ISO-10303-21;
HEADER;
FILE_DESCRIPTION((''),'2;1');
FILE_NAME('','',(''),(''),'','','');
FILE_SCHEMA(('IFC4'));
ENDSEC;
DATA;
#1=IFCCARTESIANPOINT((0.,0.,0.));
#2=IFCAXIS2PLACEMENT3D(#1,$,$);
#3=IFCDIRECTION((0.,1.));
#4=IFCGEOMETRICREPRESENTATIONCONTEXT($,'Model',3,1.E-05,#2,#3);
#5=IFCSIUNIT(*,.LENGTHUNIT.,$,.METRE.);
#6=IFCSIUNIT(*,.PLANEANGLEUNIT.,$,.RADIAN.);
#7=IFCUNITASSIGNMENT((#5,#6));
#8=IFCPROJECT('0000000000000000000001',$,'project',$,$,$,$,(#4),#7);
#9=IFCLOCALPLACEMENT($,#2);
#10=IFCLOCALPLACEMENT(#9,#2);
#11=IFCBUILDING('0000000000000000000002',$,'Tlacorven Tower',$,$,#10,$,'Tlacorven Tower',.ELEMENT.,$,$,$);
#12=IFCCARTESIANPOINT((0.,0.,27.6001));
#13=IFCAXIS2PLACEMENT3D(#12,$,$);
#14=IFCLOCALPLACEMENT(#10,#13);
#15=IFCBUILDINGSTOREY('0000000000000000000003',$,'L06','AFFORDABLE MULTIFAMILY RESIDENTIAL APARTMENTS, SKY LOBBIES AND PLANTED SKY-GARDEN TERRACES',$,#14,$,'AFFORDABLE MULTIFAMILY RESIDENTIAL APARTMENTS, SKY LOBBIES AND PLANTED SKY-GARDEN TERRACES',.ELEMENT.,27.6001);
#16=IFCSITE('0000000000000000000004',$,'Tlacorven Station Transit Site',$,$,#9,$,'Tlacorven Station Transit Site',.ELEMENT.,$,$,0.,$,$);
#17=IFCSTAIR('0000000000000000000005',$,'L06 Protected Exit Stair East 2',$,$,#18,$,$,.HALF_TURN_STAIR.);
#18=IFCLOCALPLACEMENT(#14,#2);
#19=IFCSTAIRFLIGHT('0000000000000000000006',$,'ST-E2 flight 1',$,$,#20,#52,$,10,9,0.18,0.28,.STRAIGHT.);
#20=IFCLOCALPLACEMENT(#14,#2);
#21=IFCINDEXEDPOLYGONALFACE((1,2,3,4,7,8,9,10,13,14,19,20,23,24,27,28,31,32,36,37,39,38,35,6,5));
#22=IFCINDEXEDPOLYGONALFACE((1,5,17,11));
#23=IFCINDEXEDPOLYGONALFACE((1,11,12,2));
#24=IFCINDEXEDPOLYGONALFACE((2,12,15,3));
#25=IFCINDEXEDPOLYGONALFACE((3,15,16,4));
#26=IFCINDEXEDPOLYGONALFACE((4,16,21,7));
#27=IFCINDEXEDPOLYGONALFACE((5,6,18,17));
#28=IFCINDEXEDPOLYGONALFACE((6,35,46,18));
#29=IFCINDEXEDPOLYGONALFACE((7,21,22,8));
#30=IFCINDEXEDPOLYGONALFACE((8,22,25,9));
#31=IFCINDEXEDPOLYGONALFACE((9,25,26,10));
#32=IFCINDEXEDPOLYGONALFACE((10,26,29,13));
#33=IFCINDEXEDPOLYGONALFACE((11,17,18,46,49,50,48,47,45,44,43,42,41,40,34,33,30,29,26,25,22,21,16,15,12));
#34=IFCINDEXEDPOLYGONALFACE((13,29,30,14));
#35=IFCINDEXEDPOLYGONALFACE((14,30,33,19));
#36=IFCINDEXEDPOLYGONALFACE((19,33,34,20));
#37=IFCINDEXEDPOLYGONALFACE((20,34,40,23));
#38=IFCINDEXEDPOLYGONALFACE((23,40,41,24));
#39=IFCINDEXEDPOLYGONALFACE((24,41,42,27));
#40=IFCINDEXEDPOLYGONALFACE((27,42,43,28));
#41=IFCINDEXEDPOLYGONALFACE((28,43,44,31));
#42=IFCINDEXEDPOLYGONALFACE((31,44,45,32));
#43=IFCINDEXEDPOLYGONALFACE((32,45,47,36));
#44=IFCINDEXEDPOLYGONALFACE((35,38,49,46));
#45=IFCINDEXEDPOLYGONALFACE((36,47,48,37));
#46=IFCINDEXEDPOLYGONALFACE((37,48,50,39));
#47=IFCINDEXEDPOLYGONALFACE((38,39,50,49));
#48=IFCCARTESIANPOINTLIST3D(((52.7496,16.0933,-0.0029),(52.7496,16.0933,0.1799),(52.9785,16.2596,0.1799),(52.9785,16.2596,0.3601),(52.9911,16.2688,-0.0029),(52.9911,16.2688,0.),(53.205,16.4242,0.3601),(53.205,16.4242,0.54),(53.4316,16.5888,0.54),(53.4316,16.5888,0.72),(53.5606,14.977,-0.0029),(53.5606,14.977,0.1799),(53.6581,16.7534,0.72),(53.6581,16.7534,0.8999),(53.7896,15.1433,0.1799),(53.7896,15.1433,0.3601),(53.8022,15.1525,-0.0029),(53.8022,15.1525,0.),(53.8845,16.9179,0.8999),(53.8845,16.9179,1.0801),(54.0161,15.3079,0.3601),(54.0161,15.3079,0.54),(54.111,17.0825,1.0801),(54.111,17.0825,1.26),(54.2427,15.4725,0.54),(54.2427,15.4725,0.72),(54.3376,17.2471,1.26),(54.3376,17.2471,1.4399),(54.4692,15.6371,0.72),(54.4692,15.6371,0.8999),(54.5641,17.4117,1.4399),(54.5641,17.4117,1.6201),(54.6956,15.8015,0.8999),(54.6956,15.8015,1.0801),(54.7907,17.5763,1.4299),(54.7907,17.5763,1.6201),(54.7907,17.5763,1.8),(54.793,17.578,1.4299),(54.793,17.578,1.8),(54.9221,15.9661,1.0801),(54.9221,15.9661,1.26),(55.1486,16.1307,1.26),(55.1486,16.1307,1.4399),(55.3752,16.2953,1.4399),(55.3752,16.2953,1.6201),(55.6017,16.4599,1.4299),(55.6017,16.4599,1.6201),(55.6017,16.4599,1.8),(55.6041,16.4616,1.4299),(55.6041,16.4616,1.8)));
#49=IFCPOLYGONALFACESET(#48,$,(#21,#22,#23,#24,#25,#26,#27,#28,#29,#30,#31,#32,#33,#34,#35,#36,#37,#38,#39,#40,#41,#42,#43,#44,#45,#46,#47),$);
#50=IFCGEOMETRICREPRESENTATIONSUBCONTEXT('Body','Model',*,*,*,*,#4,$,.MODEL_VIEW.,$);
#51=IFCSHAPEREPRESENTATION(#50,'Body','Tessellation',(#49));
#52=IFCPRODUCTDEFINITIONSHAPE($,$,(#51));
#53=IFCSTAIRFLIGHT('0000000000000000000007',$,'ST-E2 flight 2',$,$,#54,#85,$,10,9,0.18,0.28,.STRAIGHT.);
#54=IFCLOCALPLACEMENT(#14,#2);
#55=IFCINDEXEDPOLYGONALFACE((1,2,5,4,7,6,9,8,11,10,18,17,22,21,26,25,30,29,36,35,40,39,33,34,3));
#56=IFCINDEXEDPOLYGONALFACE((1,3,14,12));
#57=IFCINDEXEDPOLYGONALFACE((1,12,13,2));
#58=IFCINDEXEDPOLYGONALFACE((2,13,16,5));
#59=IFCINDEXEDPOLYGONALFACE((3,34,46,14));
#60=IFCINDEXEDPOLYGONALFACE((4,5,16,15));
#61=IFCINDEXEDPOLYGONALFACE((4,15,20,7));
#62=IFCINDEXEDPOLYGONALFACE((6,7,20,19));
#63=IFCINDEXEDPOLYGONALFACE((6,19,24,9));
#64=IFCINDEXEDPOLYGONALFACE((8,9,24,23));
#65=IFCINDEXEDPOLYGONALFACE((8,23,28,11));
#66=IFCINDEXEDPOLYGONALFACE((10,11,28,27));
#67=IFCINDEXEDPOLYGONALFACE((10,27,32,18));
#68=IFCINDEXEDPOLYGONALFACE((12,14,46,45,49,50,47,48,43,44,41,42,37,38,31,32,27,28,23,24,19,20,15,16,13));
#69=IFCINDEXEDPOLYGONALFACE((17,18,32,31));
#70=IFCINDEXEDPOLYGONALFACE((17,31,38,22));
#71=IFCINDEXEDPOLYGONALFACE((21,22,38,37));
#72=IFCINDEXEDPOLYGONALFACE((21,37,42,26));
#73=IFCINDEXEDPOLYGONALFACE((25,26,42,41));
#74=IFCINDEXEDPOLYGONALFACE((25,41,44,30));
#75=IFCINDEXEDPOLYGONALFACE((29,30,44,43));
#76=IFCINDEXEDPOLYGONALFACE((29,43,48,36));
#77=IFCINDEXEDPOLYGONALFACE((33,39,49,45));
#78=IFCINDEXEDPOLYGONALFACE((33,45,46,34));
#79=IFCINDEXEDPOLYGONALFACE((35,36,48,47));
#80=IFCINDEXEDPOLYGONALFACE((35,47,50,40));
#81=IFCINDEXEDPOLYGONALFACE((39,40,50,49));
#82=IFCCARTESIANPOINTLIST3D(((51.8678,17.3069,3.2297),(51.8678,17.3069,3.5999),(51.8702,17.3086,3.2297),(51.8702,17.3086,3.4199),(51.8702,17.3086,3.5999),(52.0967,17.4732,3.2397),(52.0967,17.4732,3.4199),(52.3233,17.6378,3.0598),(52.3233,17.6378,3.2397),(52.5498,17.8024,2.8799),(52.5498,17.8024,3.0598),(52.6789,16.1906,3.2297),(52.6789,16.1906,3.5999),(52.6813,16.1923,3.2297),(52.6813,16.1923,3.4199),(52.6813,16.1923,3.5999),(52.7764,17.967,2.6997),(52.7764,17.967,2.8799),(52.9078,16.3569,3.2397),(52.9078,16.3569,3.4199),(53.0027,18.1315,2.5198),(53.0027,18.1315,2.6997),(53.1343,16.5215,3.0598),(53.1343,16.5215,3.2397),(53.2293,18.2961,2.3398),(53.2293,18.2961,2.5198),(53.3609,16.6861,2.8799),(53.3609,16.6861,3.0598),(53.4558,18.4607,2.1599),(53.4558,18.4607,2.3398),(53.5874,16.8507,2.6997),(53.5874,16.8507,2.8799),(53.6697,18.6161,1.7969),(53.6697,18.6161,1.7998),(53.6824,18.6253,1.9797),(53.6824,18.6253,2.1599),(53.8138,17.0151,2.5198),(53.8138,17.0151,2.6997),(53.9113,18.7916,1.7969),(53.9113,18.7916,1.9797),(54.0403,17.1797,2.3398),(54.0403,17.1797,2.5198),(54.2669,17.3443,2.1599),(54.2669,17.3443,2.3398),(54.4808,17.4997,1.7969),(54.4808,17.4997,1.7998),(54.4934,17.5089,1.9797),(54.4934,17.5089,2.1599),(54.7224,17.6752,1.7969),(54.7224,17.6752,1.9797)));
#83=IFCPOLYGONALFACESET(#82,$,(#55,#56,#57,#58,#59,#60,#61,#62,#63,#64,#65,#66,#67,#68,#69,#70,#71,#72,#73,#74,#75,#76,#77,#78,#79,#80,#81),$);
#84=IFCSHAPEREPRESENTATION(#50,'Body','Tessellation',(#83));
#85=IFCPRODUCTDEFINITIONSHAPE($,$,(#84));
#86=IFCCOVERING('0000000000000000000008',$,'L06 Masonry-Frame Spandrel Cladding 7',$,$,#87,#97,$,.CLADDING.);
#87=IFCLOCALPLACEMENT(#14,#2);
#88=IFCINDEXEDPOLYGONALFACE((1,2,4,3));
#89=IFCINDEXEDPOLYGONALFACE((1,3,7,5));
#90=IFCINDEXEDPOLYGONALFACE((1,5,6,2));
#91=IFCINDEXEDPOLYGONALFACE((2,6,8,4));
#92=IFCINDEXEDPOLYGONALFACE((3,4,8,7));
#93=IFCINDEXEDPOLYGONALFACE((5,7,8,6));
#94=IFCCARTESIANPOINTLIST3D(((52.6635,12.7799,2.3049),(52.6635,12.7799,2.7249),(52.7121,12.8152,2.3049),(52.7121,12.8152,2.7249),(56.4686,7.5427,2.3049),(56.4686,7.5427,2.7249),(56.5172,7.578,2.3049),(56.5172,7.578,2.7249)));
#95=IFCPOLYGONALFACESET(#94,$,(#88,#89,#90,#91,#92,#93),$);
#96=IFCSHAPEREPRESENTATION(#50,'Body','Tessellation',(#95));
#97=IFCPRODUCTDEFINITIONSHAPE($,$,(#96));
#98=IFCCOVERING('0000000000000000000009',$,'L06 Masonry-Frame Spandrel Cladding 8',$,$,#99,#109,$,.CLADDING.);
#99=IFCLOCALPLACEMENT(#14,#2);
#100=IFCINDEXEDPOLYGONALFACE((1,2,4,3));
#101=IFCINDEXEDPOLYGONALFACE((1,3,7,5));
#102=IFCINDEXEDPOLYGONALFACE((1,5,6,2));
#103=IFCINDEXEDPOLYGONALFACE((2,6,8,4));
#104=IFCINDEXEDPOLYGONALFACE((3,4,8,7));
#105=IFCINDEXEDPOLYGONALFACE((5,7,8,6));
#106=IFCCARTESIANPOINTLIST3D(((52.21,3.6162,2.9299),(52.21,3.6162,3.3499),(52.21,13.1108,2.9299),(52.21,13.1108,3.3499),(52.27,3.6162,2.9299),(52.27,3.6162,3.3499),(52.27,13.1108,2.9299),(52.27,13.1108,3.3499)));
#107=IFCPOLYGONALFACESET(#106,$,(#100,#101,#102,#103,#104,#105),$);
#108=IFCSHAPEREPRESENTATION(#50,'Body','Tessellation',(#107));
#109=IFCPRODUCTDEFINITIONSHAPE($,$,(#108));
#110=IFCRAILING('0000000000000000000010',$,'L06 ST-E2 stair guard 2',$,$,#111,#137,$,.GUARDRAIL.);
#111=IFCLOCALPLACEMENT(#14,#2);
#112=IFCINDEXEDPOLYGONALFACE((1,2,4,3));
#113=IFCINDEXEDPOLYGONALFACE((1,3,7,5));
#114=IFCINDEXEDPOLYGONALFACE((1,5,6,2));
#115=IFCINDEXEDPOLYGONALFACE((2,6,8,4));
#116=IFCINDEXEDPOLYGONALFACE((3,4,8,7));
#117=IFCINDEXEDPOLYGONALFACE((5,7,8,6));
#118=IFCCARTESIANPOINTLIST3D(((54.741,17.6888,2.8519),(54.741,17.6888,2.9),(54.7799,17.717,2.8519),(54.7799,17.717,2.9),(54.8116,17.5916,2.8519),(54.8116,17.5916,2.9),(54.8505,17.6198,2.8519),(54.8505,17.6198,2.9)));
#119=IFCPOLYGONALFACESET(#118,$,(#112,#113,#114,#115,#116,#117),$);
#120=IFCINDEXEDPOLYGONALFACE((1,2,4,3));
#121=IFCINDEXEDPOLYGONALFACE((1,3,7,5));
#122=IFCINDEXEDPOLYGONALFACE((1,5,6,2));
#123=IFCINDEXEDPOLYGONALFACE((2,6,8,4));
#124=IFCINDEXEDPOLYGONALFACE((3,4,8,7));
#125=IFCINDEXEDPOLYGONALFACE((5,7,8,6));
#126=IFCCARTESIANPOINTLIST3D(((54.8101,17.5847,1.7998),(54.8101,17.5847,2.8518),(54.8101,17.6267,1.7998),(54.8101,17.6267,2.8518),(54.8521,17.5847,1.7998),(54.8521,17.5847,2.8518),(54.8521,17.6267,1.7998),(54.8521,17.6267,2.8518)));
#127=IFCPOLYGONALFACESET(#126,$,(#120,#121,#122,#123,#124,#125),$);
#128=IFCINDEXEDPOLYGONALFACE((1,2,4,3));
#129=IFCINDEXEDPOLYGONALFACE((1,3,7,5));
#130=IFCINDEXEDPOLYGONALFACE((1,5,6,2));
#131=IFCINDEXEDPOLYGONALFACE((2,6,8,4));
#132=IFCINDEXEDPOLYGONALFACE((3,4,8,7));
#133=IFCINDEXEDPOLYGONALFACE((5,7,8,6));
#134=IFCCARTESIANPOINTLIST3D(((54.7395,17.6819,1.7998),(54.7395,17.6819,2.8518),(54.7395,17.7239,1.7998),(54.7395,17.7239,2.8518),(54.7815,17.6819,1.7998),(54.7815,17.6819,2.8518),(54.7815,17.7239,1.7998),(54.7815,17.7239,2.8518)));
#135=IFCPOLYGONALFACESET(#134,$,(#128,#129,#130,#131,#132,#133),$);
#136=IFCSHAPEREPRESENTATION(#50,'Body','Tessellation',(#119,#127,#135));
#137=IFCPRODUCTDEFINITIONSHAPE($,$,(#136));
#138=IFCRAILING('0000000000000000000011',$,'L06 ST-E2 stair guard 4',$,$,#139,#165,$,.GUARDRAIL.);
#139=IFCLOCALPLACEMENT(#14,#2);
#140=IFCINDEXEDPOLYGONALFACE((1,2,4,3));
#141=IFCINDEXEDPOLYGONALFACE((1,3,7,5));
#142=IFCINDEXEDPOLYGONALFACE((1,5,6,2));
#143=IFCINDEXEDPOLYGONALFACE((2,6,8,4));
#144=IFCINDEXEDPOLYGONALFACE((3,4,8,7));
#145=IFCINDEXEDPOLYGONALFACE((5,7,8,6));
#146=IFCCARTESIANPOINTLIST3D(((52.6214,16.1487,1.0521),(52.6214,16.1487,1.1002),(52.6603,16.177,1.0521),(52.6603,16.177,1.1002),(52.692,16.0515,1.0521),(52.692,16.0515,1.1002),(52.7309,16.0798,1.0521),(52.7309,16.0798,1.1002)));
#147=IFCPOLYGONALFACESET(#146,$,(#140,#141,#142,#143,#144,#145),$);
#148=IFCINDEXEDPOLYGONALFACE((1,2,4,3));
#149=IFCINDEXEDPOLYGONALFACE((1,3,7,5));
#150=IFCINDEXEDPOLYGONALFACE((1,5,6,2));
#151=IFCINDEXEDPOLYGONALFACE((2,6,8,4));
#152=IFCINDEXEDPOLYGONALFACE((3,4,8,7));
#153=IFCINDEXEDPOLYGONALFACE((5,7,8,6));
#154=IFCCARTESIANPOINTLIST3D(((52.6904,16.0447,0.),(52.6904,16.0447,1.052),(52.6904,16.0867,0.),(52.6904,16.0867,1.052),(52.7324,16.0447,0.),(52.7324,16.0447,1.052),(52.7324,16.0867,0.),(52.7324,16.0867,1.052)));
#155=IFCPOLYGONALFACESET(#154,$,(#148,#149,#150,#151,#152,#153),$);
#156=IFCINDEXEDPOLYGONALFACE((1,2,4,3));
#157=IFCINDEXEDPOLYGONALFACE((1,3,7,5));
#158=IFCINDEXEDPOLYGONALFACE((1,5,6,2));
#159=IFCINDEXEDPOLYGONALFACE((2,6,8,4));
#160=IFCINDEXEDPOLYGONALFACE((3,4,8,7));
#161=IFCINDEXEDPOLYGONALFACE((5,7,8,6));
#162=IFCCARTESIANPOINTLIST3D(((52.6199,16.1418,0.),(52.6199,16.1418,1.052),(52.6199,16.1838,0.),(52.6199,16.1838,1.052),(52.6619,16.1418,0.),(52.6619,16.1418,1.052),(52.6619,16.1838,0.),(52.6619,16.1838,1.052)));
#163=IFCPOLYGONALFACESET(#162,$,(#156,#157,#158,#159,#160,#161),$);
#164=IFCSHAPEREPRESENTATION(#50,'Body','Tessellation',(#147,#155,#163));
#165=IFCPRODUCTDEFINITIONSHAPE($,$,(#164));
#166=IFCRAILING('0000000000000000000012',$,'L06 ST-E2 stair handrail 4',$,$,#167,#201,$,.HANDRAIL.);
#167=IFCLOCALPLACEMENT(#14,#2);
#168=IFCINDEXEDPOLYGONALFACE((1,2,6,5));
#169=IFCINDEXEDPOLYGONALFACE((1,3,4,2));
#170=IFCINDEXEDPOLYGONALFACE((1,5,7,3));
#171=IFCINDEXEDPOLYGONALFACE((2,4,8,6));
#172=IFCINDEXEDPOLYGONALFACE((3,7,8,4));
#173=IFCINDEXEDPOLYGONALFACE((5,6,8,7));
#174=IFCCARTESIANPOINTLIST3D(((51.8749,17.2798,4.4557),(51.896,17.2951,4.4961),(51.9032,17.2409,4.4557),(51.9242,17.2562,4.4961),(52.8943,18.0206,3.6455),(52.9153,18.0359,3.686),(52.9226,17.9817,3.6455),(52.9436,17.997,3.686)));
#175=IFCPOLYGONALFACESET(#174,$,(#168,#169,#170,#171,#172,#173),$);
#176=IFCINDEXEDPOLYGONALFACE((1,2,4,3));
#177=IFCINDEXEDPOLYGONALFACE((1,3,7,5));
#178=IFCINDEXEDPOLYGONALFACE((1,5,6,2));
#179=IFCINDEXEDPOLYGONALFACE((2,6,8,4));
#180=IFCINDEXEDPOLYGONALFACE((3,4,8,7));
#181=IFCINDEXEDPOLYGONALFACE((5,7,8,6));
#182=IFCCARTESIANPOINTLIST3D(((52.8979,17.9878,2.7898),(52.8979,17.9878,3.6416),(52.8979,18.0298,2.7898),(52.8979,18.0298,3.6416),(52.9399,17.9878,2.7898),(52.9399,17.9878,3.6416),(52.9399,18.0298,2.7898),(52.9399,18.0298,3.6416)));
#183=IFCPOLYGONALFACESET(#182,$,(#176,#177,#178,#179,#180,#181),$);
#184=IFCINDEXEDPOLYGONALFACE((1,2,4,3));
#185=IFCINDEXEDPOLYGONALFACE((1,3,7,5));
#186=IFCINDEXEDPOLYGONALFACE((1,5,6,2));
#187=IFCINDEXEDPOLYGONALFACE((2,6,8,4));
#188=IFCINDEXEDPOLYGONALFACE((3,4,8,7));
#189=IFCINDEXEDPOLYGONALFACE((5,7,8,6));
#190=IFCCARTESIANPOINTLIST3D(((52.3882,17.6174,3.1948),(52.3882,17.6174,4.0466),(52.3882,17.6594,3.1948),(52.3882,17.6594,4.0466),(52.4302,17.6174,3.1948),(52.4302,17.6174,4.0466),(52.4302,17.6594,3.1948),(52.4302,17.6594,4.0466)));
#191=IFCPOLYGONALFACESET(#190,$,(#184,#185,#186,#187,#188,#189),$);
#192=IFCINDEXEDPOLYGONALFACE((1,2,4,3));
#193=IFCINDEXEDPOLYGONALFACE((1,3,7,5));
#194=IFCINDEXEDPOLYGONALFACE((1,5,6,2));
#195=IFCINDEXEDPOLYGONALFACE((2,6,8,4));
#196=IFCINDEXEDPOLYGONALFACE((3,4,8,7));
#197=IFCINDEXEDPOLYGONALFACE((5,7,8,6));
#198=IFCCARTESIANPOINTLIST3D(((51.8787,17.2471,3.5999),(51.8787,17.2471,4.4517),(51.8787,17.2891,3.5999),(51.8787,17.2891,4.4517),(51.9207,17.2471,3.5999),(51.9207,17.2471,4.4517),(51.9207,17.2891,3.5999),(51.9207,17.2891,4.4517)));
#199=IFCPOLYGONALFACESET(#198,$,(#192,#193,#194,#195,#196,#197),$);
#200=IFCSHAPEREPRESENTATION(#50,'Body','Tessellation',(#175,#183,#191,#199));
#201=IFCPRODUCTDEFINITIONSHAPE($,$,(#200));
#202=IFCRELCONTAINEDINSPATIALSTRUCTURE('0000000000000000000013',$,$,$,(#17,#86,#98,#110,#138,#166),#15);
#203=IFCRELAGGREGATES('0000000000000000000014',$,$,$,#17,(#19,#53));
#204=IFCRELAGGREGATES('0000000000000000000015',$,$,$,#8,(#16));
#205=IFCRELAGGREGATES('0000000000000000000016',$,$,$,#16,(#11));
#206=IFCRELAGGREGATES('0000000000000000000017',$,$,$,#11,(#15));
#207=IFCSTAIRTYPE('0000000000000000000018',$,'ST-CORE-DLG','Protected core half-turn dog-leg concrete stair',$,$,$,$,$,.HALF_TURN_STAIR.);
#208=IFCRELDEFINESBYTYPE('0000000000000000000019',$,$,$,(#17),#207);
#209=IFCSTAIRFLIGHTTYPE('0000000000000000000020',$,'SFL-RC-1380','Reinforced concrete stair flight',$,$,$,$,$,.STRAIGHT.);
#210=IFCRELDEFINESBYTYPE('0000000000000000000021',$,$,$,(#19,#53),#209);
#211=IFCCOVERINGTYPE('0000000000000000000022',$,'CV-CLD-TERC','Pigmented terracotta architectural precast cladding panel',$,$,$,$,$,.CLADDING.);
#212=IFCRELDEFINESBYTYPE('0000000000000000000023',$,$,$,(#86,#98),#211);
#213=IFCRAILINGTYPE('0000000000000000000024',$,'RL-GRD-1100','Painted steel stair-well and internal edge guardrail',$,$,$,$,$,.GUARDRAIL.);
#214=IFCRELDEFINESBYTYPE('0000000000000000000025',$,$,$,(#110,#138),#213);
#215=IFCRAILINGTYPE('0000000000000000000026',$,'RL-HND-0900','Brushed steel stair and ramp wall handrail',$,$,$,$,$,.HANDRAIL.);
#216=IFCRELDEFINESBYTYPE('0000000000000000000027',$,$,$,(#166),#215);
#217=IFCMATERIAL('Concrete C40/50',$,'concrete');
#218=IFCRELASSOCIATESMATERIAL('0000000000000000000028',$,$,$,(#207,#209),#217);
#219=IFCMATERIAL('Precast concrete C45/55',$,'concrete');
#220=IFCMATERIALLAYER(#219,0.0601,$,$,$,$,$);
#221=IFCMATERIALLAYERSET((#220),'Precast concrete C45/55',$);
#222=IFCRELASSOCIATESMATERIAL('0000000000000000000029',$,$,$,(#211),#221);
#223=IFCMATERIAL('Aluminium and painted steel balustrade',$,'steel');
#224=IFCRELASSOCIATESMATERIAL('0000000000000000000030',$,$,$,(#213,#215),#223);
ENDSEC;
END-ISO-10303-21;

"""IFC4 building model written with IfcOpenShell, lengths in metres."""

from ifc_helpers import new_model, si_unit, direction, frame, origin, origin_2d, place, context, subcontext, project, spatial, polyline, rectangle, outline, extrude, source, transform, mapped, material, layer, layer_set, type_object, element, aggregate, save


model = new_model("IFC4")

# Units and contexts
model_context = context("Model", 3, precision=1e-05, world=origin(), true_north=direction((0.0, 1.0)))
body_context = subcontext(model_context, "Body", "Model", "MODEL_VIEW")
ifc_project = project(units=[si_unit("LENGTHUNIT", "METRE"), si_unit("PLANEANGLEUNIT", "RADIAN")], contexts=[model_context])

# Site, building, storey
site_placement = place(None, origin())
site = spatial("IfcSite", under=ifc_project, at=site_placement, Name="Tlacorven Station Transit Site", LongName="Tlacorven Station Transit Site", CompositionType="ELEMENT", RefElevation=0.0)
building_placement = place(site_placement, origin())
building = spatial("IfcBuilding", under=site, at=building_placement, Name="Tlacorven Tower", LongName="Tlacorven Tower", CompositionType="ELEMENT")
storey_placement = place(building_placement, frame((0.0, 0.0, 27.6001)))
storey = spatial("IfcBuildingStorey", under=building, at=storey_placement, Name="L06", Description="AFFORDABLE MULTIFAMILY RESIDENTIAL APARTMENTS, SKY LOBBIES AND PLANTED SKY-GARDEN TERRACES", LongName="AFFORDABLE MULTIFAMILY RESIDENTIAL APARTMENTS, SKY LOBBIES AND PLANTED SKY-GARDEN TERRACES", CompositionType="ELEMENT", Elevation=27.6001)

# Shared definitions
ifc_material_1 = material(Name="Precast concrete C45/55", Category="concrete")

# Stair, stair flights
ifc_material_2 = material(Name="Concrete C40/50", Category="concrete")
stair_type = type_object("IfcStairType", Name="ST-CORE-DLG", Description="Protected core half-turn dog-leg concrete stair", PredefinedType="HALF_TURN_STAIR", material=ifc_material_2)
stair_placement = place(storey_placement, origin())
stair = element("IfcStair", 1, at=stair_placement, inside=storey, type_object=stair_type, Name="L06 Protected Exit Stair East 2", PredefinedType="HALF_TURN_STAIR")
stair_flight_type = type_object("IfcStairFlightType", Name="SFL-RC-1380", Description="Reinforced concrete stair flight", PredefinedType="STRAIGHT", material=ifc_material_2)
shared_shape_1 = source(origin(), body_context, "Body", "SweptSolid", [
    extrude(outline(polyline([(-0.0029, -0.0029), (-0.0029, 0.1799), (0.28, 0.1799), (0.28, 0.3601), (0.5601, 0.3601), (0.5601, 0.54), (0.8401, 0.54), (0.8401, 0.72), (1.1201, 0.72), (1.1201, 0.8999), (1.3999, 0.8999), (1.3999, 1.0801), (1.6799, 1.0801), (1.6799, 1.26), (1.96, 1.26), (1.96, 1.4399), (2.24, 1.4399), (2.24, 1.6201), (2.52, 1.6201), (2.52, 1.8), (2.5229, 1.8), (2.5229, 1.4299), (2.52, 1.4299), (0.2957, 0.0), (0.2957, -0.0029), (-0.0029, -0.0029)])), frame((0.0, 0.6899, 0.0), z_axis=(0.0, -1.0, 0.0), x_axis=(1.0, 0.0, 0.0)), (0.0, 0.0, 1.0), 1.3799),
])
stair_flight_1_placement = place(storey_placement, frame((53.1575, 15.5369, 0.0), z_axis=(0.0, 0.0, 1.0), x_axis=(0.809017, 0.587785, 0.0)))
stair_flight_1 = element("IfcStairFlight", 2, at=stair_flight_1_placement, type_object=stair_flight_type, Name="ST-E2 flight 1", NumberOfRisers=10, NumberOfTreads=9, PredefinedType="STRAIGHT", RiserHeight=0.18, TreadLength=0.28, context=body_context, shape_type="MappedRepresentation", body=[
    mapped(shared_shape_1, transform((0.0, 0.0, 0.0), scale=1.0)),
])
stair_flight_2_placement = place(storey_placement, frame((54.3145, 18.2317, 1.7998), z_axis=(0.0, 0.0, 1.0), x_axis=(-0.809017, -0.587785, 0.0)))
stair_flight_2 = element("IfcStairFlight", 3, at=stair_flight_2_placement, type_object=stair_flight_type, Name="ST-E2 flight 2", NumberOfRisers=10, NumberOfTreads=9, PredefinedType="STRAIGHT", RiserHeight=0.18, TreadLength=0.28, context=body_context, shape_type="MappedRepresentation", body=[
    mapped(shared_shape_1, transform((0.0, 0.0, 0.0), scale=1.0)),
])
aggregate(stair, [stair_flight_1, stair_flight_2])

# Coverings
ifc_layer_1 = layer(ifc_material_1, 0.0601)
ifc_layer_set_1 = layer_set([ifc_layer_1], Name="Precast concrete C45/55")
covering_type = type_object("IfcCoveringType", Name="CV-CLD-TERC", Description="Pigmented terracotta architectural precast cladding panel", PredefinedType="CLADDING", material=ifc_layer_set_1)
shared_shape_2 = source(origin(), body_context, "Body", "SweptSolid", [
    extrude(rectangle(XDim=6.4736, YDim=0.0601, at=origin_2d()), origin(), (0.0, 0.0, 1.0), 0.4199),
])
covering_1_placement = place(storey_placement, frame((54.5903, 10.179, 2.3049), z_axis=(0.0, 0.0, 1.0), x_axis=(-0.587786, 0.809017, 0.0)))
element("IfcCovering", 4, at=covering_1_placement, inside=storey, type_object=covering_type, Name="L06 Masonry-Frame Spandrel Cladding 7", PredefinedType="CLADDING", context=body_context, shape_type="MappedRepresentation", body=[
    mapped(shared_shape_2, transform((0.0, 0.0, 0.0), scale=1.0)),
])
shared_shape_3 = source(origin(), body_context, "Body", "SweptSolid", [
    extrude(rectangle(XDim=9.4946, YDim=0.0601, at=origin_2d()), origin(), (0.0, 0.0, 1.0), 0.4199),
])
covering_2_placement = place(storey_placement, frame((52.24, 8.3635, 2.9299), z_axis=(0.0, 0.0, 1.0), x_axis=(0.0, -1.0, 0.0)))
element("IfcCovering", 5, at=covering_2_placement, inside=storey, type_object=covering_type, Name="L06 Masonry-Frame Spandrel Cladding 8", PredefinedType="CLADDING", context=body_context, shape_type="MappedRepresentation", body=[
    mapped(shared_shape_3, transform((0.0, 0.0, 0.0), scale=1.0)),
])

# Railings
ifc_material_3 = material(Name="Aluminium and painted steel balustrade", Category="steel")
railing_type_1 = type_object("IfcRailingType", Name="RL-GRD-1100", Description="Painted steel stair-well and internal edge guardrail", PredefinedType="GUARDRAIL", material=ifc_material_3)
shared_shape_4 = source(origin(), body_context, "Body", "SweptSolid", [
    extrude(rectangle(XDim=0.0481, YDim=0.0481, at=origin_2d()), frame((0.0, 0.0, 1.0762), z_axis=(-0.587567, 0.809175, 0.0), x_axis=(-0.809175, -0.587567, 0.0)), (0.0, 0.0, 1.0), 0.1201),
    extrude(rectangle(XDim=0.042, YDim=0.042, at=origin_2d()), origin(), (0.0, 0.0, 1.0), 1.052),
    extrude(rectangle(XDim=0.042, YDim=0.042, at=origin_2d()), frame((-0.0706, 0.0972, 0.0)), (0.0, 0.0, 1.0), 1.052),
])
for number, where, name in (
    (6, (54.8311, 17.6057, 1.7998), "L06 ST-E2 stair guard 2"),
    (7, (52.7114, 16.0657, 0.0), "L06 ST-E2 stair guard 4"),
):
    element("IfcRailing", number, at=place(storey_placement, frame(where)), inside=storey, type_object=railing_type_1, Name=name, PredefinedType="GUARDRAIL", context=body_context, shape_type="MappedRepresentation", body=[
        mapped(shared_shape_4, transform((0.0, 0.0, 0.0), scale=1.0)),
    ])
railing_type_2 = type_object("IfcRailingType", Name="RL-HND-0900", Description="Brushed steel stair and ramp wall handrail", PredefinedType="HANDRAIL", material=ifc_material_3)
shared_shape_5 = source(origin(), body_context, "Body", "SweptSolid", [
    extrude(rectangle(XDim=0.0481, YDim=0.0481, at=origin_2d()), frame((0.0, 0.0, 0.876), z_axis=(-0.680461, -0.494496, 0.540783), x_axis=(0.587872, -0.808954, 0.0)), (0.0, 0.0, 1.0), 1.498),
    extrude(rectangle(XDim=0.042, YDim=0.042, at=origin_2d()), origin(), (0.0, 0.0, 1.0), 0.8518),
    extrude(rectangle(XDim=0.042, YDim=0.042, at=origin_2d()), frame((-0.5098, -0.3704, 0.405)), (0.0, 0.0, 1.0), 0.8518),
    extrude(rectangle(XDim=0.042, YDim=0.042, at=origin_2d()), frame((-1.0193, -0.7407, 0.8101)), (0.0, 0.0, 1.0), 0.8518),
])
railing_1_placement = place(storey_placement, frame((52.9189, 18.0088, 2.7898)))
element("IfcRailing", 8, at=railing_1_placement, inside=storey, type_object=railing_type_2, Name="L06 ST-E2 stair handrail 4", PredefinedType="HANDRAIL", context=body_context, shape_type="MappedRepresentation", body=[
    mapped(shared_shape_5, transform((0.0, 0.0, 0.0), scale=1.0)),
])

save(model, "model.ifc")
